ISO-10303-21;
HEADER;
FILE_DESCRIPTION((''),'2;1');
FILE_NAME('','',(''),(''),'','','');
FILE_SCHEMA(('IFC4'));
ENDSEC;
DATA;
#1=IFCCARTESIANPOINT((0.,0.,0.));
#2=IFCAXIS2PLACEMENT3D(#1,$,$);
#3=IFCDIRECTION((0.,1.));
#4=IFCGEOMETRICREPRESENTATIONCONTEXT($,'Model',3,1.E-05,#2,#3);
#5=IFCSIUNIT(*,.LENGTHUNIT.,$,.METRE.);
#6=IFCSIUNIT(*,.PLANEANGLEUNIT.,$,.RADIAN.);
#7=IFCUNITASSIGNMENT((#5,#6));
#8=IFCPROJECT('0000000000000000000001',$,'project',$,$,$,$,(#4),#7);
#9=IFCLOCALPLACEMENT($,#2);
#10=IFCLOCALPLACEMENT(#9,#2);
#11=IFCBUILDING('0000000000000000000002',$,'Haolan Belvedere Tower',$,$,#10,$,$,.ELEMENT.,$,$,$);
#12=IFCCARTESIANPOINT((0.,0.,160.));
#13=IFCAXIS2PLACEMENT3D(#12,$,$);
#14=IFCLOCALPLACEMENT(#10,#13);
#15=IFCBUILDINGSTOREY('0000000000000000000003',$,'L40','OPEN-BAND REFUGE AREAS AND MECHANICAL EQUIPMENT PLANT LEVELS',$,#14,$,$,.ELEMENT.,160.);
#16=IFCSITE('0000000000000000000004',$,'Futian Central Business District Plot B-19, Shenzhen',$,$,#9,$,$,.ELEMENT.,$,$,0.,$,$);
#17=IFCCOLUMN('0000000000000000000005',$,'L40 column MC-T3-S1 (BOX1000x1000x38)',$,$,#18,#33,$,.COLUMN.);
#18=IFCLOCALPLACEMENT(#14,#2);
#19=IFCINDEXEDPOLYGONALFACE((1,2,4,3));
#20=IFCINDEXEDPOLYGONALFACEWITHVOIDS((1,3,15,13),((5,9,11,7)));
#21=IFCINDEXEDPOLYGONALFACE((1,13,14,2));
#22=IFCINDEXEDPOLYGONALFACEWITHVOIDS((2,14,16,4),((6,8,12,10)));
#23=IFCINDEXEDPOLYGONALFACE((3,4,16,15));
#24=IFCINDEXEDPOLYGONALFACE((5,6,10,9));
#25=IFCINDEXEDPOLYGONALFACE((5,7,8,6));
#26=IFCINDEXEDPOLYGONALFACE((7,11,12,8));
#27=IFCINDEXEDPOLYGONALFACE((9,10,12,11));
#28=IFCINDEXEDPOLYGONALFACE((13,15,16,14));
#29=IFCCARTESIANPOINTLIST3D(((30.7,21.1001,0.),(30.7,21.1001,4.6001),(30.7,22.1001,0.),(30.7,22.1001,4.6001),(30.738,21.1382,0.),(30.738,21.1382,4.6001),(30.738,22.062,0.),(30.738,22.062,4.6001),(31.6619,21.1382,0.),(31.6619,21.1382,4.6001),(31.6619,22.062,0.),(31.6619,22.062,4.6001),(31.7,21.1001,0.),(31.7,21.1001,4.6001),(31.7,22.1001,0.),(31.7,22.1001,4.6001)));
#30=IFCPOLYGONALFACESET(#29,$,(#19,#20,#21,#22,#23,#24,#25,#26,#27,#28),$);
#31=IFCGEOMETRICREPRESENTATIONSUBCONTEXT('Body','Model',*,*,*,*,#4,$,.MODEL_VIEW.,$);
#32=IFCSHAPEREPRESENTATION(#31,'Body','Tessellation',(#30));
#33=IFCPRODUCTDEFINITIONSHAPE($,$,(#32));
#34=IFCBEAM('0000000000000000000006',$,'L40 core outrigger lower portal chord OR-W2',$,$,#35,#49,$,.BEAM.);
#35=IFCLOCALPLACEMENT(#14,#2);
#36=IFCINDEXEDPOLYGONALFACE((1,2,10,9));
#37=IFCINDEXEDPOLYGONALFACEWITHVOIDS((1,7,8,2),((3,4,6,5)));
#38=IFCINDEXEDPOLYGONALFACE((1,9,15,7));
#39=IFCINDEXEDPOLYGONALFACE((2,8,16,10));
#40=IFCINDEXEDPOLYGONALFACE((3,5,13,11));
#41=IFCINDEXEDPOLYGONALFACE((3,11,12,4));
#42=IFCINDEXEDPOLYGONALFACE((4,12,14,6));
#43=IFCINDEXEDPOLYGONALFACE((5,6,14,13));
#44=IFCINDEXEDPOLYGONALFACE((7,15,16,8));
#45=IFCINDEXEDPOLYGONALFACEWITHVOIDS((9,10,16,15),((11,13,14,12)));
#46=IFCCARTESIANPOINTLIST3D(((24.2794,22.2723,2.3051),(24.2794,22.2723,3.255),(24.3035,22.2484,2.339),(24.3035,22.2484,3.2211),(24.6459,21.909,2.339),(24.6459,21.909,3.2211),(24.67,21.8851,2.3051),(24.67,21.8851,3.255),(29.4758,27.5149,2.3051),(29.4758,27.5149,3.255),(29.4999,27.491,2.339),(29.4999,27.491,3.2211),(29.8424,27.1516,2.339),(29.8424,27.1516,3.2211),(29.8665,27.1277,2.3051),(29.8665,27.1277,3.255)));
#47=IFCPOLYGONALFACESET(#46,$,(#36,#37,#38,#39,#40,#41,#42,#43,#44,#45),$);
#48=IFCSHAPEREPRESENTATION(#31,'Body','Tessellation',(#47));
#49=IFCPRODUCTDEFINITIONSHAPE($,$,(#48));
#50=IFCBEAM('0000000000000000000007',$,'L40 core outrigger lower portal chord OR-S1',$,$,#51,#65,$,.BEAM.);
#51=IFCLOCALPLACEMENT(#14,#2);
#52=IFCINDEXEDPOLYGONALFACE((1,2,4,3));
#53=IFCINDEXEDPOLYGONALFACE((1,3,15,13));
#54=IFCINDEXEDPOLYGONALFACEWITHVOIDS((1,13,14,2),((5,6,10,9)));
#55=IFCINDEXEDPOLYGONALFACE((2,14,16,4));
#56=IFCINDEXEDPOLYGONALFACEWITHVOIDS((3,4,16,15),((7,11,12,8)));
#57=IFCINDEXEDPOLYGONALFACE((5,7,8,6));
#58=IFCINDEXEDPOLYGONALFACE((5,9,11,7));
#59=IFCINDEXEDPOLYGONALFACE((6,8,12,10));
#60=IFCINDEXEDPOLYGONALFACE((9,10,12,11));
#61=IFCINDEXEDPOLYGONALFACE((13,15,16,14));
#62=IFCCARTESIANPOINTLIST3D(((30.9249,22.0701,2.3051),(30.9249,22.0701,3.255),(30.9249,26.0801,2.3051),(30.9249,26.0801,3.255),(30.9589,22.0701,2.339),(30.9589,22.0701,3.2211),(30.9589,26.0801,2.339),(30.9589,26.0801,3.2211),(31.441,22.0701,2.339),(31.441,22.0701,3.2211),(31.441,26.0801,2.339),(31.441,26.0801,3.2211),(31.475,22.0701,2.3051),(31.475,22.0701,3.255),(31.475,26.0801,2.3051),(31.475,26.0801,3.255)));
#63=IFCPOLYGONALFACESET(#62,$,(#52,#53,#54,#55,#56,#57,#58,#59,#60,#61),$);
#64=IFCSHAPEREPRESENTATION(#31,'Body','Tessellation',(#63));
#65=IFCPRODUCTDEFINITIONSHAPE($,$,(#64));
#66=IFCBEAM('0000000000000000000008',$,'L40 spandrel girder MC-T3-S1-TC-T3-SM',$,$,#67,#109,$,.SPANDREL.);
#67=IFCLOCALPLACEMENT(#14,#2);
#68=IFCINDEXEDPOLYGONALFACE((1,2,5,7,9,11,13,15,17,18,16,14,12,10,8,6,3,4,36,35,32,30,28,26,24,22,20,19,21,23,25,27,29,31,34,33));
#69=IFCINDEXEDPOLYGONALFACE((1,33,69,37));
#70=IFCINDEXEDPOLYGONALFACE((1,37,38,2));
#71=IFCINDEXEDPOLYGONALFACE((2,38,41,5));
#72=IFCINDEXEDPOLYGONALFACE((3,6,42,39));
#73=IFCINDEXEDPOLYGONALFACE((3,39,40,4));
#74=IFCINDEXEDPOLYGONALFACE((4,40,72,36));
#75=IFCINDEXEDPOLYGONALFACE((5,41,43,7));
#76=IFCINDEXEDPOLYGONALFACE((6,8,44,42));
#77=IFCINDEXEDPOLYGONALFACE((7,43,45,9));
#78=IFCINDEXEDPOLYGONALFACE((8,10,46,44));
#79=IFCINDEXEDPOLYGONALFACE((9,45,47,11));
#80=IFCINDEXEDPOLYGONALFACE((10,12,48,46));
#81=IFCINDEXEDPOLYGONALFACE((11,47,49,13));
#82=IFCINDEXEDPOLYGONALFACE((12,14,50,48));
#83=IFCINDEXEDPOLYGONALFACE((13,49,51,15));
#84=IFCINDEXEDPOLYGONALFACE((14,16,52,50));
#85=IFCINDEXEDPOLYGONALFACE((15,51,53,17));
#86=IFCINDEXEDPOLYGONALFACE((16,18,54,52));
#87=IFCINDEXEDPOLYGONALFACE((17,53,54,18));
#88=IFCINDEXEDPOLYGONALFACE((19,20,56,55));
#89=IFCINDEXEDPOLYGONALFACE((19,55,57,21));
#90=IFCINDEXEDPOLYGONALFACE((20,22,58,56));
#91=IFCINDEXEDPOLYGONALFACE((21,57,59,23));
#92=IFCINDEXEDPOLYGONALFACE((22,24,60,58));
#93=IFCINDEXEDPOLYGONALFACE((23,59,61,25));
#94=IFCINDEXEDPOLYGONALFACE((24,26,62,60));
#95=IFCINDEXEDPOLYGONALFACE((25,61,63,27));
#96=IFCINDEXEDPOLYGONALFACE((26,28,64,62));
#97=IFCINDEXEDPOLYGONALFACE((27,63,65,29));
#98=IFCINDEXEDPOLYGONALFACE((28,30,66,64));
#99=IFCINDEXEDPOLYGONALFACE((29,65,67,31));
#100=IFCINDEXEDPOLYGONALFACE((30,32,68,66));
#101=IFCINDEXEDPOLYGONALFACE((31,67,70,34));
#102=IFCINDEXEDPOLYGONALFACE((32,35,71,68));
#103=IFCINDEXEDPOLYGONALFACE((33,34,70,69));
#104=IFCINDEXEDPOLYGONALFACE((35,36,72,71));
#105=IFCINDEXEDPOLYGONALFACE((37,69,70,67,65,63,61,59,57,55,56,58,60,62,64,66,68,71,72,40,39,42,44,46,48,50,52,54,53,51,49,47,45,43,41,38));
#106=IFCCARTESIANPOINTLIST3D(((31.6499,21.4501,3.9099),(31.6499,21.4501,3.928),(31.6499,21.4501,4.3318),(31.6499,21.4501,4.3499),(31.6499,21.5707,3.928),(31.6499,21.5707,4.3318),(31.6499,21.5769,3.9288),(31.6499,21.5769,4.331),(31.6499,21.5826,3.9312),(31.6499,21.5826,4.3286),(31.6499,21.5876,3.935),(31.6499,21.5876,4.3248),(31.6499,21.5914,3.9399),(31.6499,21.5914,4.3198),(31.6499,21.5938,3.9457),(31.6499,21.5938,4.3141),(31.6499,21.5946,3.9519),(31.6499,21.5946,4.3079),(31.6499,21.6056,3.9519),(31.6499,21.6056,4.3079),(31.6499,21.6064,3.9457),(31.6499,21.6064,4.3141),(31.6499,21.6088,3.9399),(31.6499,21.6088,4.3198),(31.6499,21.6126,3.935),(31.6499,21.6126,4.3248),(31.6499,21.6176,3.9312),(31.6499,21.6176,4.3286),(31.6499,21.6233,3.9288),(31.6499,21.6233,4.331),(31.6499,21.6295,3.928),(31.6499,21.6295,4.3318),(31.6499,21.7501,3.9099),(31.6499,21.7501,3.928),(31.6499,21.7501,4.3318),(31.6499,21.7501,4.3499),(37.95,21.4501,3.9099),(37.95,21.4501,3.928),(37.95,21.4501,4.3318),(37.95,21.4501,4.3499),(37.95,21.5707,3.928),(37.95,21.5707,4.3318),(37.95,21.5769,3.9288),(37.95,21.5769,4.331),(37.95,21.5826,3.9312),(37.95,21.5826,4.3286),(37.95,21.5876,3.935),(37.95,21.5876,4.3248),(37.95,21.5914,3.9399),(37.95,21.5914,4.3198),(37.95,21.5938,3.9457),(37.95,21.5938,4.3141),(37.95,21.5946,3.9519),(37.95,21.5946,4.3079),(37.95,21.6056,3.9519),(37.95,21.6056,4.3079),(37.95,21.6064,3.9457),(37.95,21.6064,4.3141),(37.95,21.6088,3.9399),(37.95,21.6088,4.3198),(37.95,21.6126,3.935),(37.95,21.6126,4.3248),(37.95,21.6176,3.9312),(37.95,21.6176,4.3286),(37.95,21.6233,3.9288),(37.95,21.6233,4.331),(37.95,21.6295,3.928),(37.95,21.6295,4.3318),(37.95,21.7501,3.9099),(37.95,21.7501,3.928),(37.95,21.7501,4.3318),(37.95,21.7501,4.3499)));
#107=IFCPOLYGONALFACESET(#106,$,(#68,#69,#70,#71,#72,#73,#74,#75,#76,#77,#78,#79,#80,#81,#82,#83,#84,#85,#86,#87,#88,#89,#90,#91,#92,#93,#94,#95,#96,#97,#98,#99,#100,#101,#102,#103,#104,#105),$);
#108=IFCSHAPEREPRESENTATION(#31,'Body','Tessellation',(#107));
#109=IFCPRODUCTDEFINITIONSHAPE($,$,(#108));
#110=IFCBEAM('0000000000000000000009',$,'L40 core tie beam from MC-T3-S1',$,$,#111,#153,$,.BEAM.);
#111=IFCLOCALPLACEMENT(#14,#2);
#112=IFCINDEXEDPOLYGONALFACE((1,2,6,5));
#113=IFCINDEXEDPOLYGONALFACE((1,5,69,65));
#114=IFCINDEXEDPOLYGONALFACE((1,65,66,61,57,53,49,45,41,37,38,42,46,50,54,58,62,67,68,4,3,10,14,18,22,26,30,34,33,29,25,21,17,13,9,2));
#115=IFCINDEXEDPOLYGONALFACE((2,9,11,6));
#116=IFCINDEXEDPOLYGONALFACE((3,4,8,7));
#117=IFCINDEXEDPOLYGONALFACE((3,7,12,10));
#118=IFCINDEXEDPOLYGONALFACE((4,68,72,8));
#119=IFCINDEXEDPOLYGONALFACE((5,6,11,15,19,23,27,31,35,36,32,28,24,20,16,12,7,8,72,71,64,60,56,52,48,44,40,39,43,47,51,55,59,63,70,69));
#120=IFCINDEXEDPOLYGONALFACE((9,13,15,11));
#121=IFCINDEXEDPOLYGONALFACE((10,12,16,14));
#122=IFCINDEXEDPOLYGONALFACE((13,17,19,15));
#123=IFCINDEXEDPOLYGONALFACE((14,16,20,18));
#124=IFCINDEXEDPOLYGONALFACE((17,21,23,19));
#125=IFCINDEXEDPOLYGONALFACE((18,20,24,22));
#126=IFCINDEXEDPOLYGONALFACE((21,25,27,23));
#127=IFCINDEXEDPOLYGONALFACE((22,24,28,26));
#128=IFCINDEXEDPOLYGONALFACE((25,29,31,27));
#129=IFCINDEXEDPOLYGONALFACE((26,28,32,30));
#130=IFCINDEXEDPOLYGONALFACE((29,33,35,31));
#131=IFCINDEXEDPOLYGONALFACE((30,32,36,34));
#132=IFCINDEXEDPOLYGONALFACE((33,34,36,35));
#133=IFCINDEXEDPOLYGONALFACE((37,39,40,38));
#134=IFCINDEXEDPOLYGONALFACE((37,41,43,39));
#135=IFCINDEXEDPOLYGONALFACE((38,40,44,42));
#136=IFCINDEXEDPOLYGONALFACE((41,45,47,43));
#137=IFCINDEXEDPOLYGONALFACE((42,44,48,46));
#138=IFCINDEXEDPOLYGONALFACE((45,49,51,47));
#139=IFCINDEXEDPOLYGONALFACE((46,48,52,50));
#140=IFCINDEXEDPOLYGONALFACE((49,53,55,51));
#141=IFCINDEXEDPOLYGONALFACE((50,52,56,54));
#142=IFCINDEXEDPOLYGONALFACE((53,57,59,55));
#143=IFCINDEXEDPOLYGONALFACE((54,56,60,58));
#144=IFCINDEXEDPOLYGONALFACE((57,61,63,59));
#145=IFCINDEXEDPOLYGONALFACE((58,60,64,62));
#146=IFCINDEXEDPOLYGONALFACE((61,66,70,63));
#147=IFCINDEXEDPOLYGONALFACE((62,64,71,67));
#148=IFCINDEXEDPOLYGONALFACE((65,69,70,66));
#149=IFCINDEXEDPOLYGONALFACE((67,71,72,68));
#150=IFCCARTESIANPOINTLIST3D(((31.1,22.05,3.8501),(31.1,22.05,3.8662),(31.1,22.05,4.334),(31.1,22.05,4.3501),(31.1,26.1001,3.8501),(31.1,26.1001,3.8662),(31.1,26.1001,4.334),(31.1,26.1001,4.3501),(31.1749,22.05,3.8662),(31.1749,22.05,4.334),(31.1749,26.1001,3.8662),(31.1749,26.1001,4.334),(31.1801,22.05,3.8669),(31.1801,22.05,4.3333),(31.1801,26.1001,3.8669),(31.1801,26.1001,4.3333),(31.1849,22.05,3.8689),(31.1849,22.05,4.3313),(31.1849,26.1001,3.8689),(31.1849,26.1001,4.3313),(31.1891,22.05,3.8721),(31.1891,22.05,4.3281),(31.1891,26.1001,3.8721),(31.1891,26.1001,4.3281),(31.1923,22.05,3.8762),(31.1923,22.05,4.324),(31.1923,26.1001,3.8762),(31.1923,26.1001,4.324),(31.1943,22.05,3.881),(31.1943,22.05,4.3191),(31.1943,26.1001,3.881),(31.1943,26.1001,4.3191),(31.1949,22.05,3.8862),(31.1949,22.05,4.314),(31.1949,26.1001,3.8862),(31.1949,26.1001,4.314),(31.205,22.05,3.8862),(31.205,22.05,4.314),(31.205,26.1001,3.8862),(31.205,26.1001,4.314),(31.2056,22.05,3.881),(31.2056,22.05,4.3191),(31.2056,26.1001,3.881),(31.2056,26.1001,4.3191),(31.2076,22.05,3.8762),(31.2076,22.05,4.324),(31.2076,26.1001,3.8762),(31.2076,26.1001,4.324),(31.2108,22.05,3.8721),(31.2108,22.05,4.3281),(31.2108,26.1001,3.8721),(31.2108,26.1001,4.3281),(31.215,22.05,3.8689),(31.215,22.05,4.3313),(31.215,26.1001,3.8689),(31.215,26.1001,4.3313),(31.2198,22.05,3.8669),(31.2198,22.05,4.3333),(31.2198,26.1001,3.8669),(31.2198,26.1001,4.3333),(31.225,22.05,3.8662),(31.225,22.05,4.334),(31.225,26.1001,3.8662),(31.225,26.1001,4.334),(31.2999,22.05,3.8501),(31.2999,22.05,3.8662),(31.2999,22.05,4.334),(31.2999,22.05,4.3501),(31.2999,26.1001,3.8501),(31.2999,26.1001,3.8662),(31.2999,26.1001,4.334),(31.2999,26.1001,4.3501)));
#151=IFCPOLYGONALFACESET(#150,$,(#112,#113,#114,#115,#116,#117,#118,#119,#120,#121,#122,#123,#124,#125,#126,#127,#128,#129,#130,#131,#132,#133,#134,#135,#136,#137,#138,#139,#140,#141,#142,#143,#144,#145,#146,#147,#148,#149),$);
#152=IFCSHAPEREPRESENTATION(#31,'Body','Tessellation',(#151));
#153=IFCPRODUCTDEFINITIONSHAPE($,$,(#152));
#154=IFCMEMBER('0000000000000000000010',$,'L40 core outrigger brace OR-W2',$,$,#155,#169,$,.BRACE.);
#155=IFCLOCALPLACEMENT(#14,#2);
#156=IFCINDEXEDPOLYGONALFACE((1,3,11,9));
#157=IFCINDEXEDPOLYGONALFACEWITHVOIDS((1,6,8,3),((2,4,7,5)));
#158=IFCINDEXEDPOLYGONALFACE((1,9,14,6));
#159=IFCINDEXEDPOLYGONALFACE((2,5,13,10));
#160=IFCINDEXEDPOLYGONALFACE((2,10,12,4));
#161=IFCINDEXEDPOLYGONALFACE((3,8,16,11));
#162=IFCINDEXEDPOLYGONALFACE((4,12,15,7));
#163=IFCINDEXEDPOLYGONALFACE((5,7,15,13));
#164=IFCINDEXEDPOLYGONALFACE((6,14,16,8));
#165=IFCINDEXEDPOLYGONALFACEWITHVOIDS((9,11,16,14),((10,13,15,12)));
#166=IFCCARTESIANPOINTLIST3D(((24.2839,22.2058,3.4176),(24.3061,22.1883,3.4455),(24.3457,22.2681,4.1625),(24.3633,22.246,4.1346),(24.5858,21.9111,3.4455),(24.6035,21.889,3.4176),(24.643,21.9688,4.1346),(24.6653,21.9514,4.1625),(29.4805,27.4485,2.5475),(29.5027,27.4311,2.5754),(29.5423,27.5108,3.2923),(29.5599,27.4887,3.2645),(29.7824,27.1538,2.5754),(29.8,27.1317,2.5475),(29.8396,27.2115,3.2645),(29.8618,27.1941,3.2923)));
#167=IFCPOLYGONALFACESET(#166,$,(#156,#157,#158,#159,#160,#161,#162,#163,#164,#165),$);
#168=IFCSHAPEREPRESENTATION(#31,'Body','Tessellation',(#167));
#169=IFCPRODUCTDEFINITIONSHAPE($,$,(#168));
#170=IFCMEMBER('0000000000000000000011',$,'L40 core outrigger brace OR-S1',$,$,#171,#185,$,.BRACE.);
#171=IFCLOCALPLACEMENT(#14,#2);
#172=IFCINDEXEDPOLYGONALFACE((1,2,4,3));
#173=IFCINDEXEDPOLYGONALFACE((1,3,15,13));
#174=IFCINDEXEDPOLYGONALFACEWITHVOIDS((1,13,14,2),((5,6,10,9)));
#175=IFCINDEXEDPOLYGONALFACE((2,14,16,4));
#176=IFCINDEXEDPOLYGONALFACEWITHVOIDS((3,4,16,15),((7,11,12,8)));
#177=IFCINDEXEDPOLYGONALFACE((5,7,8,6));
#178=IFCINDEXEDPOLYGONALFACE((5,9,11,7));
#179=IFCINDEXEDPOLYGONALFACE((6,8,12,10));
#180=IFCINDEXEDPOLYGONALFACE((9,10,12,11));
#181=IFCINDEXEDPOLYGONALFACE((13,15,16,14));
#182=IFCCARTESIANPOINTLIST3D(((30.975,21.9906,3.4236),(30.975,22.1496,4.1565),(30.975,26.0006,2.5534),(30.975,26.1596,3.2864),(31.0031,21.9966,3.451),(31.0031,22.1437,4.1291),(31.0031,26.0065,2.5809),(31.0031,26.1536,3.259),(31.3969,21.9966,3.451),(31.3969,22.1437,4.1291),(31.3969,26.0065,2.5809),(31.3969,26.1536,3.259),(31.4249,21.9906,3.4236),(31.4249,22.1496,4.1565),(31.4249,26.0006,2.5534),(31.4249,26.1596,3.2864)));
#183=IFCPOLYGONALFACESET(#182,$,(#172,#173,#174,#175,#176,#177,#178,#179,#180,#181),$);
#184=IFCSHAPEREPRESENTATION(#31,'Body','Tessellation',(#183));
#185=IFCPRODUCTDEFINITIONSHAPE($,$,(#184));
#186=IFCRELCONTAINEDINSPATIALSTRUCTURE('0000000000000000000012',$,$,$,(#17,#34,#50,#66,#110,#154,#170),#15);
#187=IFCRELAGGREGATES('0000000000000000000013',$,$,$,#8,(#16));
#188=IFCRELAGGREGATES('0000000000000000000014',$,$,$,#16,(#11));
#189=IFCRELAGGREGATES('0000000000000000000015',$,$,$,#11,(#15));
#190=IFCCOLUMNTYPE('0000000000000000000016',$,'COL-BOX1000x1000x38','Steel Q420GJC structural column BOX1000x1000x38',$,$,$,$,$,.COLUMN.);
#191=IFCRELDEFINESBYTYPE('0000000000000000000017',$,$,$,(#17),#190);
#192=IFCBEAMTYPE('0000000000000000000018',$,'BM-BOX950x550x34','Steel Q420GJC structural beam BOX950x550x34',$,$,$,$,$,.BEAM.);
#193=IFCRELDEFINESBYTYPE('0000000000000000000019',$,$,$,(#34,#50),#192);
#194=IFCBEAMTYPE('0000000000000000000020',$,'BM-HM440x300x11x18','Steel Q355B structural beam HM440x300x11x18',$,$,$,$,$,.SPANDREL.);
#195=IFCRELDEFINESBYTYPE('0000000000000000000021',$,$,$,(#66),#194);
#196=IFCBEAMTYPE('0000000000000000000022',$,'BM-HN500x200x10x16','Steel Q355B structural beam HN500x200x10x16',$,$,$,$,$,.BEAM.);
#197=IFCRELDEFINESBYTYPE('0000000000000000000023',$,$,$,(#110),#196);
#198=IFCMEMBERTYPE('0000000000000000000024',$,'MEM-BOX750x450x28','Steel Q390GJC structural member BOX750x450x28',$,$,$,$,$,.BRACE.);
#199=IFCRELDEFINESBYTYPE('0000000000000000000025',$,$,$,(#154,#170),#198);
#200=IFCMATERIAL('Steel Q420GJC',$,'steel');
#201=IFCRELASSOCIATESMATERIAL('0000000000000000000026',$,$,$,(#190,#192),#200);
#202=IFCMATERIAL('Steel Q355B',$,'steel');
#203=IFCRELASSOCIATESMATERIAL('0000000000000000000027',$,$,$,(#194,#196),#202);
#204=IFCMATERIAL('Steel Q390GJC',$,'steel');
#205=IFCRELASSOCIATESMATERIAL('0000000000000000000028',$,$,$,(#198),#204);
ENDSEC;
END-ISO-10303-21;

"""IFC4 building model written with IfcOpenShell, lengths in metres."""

from ifc_helpers import new_model, si_unit, direction, frame, origin, origin_2d, place, context, subcontext, project, spatial, hollow_rectangle, i_section, extrude, material, material_profile, profile_set, type_object, element, save


model = new_model("IFC4")

# Units and contexts
model_context = context("Model", 3, precision=1e-05, world=origin(), true_north=direction((0.0, 1.0)))
body_context = subcontext(model_context, "Body", "Model", "MODEL_VIEW")
ifc_project = project(units=[si_unit("LENGTHUNIT", "METRE"), si_unit("PLANEANGLEUNIT", "RADIAN")], contexts=[model_context])

# Site, building, storey
site_placement = place(None, origin())
site = spatial("IfcSite", under=ifc_project, at=site_placement, Name="Futian Central Business District Plot B-19, Shenzhen", CompositionType="ELEMENT", RefElevation=0.0)
building_placement = place(site_placement, origin())
building = spatial("IfcBuilding", under=site, at=building_placement, Name="Haolan Belvedere Tower", CompositionType="ELEMENT")
storey_placement = place(building_placement, frame((0.0, 0.0, 160.0)))
storey = spatial("IfcBuildingStorey", under=building, at=storey_placement, Name="L40", Description="OPEN-BAND REFUGE AREAS AND MECHANICAL EQUIPMENT PLANT LEVELS", CompositionType="ELEMENT", Elevation=160.0)

# Column
ifc_material_1 = material(Name="Steel Q420GJC", Category="steel")
ifc_material_profile_1 = material_profile(ifc_material_1, hollow_rectangle(XDim=1.0, YDim=1.0, WallThickness=0.0381, at=origin_2d()), Name="Steel Q420GJC")
ifc_profile_set_1 = profile_set([ifc_material_profile_1], Name="Steel Q420GJC")
column_type = type_object("IfcColumnType", Name="COL-BOX1000x1000x38", Description="Steel Q420GJC structural column BOX1000x1000x38", PredefinedType="COLUMN", material=ifc_profile_set_1)
column_placement = place(storey_placement, frame((31.2, 21.6001, 0.0), z_axis=(0.0, 0.0, 1.0), x_axis=(1.0, 0.0, 0.0)))
element("IfcColumn", 1, at=column_placement, inside=storey, type_object=column_type, Name="L40 column MC-T3-S1 (BOX1000x1000x38)", PredefinedType="COLUMN", context=body_context, shape_type="SweptSolid", body=[
    extrude(hollow_rectangle(XDim=1.0, YDim=1.0, WallThickness=0.0381, at=origin_2d()), origin(), (0.0, 0.0, 1.0), 4.6001),
])

# Beams
ifc_material_profile_2 = material_profile(ifc_material_1, hollow_rectangle(XDim=0.55, YDim=0.95, WallThickness=0.0339, at=origin_2d()), Name="Steel Q420GJC")
ifc_profile_set_2 = profile_set([ifc_material_profile_2], Name="Steel Q420GJC")
beam_type_1 = type_object("IfcBeamType", Name="BM-BOX950x550x34", Description="Steel Q420GJC structural beam BOX950x550x34", PredefinedType="BEAM", material=ifc_profile_set_2)
beam_1_placement = place(storey_placement, frame((29.6711, 27.3213, 2.78), z_axis=(-0.703974, -0.710225, 0.0), x_axis=(0.710225, -0.703974, 0.0)))
element("IfcBeam", 2, at=beam_1_placement, inside=storey, type_object=beam_type_1, Name="L40 core outrigger lower portal chord OR-W2", PredefinedType="BEAM", context=body_context, shape_type="SweptSolid", body=[
    extrude(hollow_rectangle(XDim=0.55, YDim=0.95, WallThickness=0.0339, at=origin_2d()), origin(), (0.0, 0.0, 1.0), 7.3816),
])
beam_2_placement = place(storey_placement, frame((31.2, 26.0801, 2.78), z_axis=(0.0, -1.0, 0.0), x_axis=(1.0, 0.0, 0.0)))
element("IfcBeam", 3, at=beam_2_placement, inside=storey, type_object=beam_type_1, Name="L40 core outrigger lower portal chord OR-S1", PredefinedType="BEAM", context=body_context, shape_type="SweptSolid", body=[
    extrude(hollow_rectangle(XDim=0.55, YDim=0.95, WallThickness=0.0339, at=origin_2d()), origin(), (0.0, 0.0, 1.0), 4.01),
])
ifc_material_2 = material(Name="Steel Q355B", Category="steel")
ifc_material_profile_3 = material_profile(ifc_material_2, i_section(OverallWidth=0.3, OverallDepth=0.4399, WebThickness=0.011, FlangeThickness=0.0181, FilletRadius=0.0239, at=origin_2d()), Name="Steel Q355B")
ifc_profile_set_3 = profile_set([ifc_material_profile_3], Name="Steel Q355B")
beam_type_2 = type_object("IfcBeamType", Name="BM-HM440x300x11x18", Description="Steel Q355B structural beam HM440x300x11x18", PredefinedType="SPANDREL", material=ifc_profile_set_3)
beam_3_placement = place(storey_placement, frame((31.6499, 21.6001, 4.1299), z_axis=(1.0, 0.0, 0.0), x_axis=(0.0, 1.0, 0.0)))
element("IfcBeam", 4, at=beam_3_placement, inside=storey, type_object=beam_type_2, Name="L40 spandrel girder MC-T3-S1-TC-T3-SM", PredefinedType="SPANDREL", context=body_context, shape_type="SweptSolid", body=[
    extrude(i_section(OverallWidth=0.3, OverallDepth=0.4399, WebThickness=0.011, FlangeThickness=0.0181, FilletRadius=0.0239, at=origin_2d()), origin(), (0.0, 0.0, 1.0), 6.3),
])
ifc_material_profile_4 = material_profile(ifc_material_2, i_section(OverallWidth=0.2, OverallDepth=0.5, WebThickness=0.01, FlangeThickness=0.0161, FilletRadius=0.02, at=origin_2d()), Name="Steel Q355B")
ifc_profile_set_4 = profile_set([ifc_material_profile_4], Name="Steel Q355B")
beam_type_3 = type_object("IfcBeamType", Name="BM-HN500x200x10x16", Description="Steel Q355B structural beam HN500x200x10x16", PredefinedType="BEAM", material=ifc_profile_set_4)
beam_4_placement = place(storey_placement, frame((31.2, 22.05, 4.1001), z_axis=(0.0, 1.0, 0.0), x_axis=(-1.0, 0.0, 0.0)))
element("IfcBeam", 5, at=beam_4_placement, inside=storey, type_object=beam_type_3, Name="L40 core tie beam from MC-T3-S1", PredefinedType="BEAM", context=body_context, shape_type="SweptSolid", body=[
    extrude(i_section(OverallWidth=0.2, OverallDepth=0.5, WebThickness=0.01, FlangeThickness=0.0161, FilletRadius=0.02, at=origin_2d()), origin(), (0.0, 0.0, 1.0), 4.05),
])

# Members
ifc_material_3 = material(Name="Steel Q390GJC", Category="steel")
ifc_material_profile_5 = material_profile(ifc_material_3, hollow_rectangle(XDim=0.45, YDim=0.75, WallThickness=0.0281, at=origin_2d()), Name="Steel Q390GJC")
ifc_profile_set_5 = profile_set([ifc_material_profile_5], Name="Steel Q390GJC")
member_type = type_object("IfcMemberType", Name="MEM-BOX750x450x28", Description="Steel Q390GJC structural member BOX750x450x28", PredefinedType="BRACE", material=ifc_profile_set_5)
member_1_placement = place(storey_placement, frame((29.6711, 27.3213, 2.9199), z_axis=(-0.699134, -0.705342, 0.117064), x_axis=(0.710225, -0.703974, 0.0)))
element("IfcMember", 6, at=member_1_placement, inside=storey, type_object=member_type, Name="L40 core outrigger brace OR-W2", PredefinedType="BRACE", context=body_context, shape_type="SweptSolid", body=[
    extrude(hollow_rectangle(XDim=0.45, YDim=0.75, WallThickness=0.0281, at=origin_2d()), origin(), (0.0, 0.0, 1.0), 7.4329),
])
member_2_placement = place(storey_placement, frame((31.2, 26.0801, 2.9199), z_axis=(0.0, -0.977258, 0.212052), x_axis=(1.0, 0.0, 0.0)))
element("IfcMember", 7, at=member_2_placement, inside=storey, type_object=member_type, Name="L40 core outrigger brace OR-S1", PredefinedType="BRACE", context=body_context, shape_type="SweptSolid", body=[
    extrude(hollow_rectangle(XDim=0.45, YDim=0.75, WallThickness=0.0281, at=origin_2d()), origin(), (0.0, 0.0, 1.0), 4.1033),
])

save(model, "model.ifc")
